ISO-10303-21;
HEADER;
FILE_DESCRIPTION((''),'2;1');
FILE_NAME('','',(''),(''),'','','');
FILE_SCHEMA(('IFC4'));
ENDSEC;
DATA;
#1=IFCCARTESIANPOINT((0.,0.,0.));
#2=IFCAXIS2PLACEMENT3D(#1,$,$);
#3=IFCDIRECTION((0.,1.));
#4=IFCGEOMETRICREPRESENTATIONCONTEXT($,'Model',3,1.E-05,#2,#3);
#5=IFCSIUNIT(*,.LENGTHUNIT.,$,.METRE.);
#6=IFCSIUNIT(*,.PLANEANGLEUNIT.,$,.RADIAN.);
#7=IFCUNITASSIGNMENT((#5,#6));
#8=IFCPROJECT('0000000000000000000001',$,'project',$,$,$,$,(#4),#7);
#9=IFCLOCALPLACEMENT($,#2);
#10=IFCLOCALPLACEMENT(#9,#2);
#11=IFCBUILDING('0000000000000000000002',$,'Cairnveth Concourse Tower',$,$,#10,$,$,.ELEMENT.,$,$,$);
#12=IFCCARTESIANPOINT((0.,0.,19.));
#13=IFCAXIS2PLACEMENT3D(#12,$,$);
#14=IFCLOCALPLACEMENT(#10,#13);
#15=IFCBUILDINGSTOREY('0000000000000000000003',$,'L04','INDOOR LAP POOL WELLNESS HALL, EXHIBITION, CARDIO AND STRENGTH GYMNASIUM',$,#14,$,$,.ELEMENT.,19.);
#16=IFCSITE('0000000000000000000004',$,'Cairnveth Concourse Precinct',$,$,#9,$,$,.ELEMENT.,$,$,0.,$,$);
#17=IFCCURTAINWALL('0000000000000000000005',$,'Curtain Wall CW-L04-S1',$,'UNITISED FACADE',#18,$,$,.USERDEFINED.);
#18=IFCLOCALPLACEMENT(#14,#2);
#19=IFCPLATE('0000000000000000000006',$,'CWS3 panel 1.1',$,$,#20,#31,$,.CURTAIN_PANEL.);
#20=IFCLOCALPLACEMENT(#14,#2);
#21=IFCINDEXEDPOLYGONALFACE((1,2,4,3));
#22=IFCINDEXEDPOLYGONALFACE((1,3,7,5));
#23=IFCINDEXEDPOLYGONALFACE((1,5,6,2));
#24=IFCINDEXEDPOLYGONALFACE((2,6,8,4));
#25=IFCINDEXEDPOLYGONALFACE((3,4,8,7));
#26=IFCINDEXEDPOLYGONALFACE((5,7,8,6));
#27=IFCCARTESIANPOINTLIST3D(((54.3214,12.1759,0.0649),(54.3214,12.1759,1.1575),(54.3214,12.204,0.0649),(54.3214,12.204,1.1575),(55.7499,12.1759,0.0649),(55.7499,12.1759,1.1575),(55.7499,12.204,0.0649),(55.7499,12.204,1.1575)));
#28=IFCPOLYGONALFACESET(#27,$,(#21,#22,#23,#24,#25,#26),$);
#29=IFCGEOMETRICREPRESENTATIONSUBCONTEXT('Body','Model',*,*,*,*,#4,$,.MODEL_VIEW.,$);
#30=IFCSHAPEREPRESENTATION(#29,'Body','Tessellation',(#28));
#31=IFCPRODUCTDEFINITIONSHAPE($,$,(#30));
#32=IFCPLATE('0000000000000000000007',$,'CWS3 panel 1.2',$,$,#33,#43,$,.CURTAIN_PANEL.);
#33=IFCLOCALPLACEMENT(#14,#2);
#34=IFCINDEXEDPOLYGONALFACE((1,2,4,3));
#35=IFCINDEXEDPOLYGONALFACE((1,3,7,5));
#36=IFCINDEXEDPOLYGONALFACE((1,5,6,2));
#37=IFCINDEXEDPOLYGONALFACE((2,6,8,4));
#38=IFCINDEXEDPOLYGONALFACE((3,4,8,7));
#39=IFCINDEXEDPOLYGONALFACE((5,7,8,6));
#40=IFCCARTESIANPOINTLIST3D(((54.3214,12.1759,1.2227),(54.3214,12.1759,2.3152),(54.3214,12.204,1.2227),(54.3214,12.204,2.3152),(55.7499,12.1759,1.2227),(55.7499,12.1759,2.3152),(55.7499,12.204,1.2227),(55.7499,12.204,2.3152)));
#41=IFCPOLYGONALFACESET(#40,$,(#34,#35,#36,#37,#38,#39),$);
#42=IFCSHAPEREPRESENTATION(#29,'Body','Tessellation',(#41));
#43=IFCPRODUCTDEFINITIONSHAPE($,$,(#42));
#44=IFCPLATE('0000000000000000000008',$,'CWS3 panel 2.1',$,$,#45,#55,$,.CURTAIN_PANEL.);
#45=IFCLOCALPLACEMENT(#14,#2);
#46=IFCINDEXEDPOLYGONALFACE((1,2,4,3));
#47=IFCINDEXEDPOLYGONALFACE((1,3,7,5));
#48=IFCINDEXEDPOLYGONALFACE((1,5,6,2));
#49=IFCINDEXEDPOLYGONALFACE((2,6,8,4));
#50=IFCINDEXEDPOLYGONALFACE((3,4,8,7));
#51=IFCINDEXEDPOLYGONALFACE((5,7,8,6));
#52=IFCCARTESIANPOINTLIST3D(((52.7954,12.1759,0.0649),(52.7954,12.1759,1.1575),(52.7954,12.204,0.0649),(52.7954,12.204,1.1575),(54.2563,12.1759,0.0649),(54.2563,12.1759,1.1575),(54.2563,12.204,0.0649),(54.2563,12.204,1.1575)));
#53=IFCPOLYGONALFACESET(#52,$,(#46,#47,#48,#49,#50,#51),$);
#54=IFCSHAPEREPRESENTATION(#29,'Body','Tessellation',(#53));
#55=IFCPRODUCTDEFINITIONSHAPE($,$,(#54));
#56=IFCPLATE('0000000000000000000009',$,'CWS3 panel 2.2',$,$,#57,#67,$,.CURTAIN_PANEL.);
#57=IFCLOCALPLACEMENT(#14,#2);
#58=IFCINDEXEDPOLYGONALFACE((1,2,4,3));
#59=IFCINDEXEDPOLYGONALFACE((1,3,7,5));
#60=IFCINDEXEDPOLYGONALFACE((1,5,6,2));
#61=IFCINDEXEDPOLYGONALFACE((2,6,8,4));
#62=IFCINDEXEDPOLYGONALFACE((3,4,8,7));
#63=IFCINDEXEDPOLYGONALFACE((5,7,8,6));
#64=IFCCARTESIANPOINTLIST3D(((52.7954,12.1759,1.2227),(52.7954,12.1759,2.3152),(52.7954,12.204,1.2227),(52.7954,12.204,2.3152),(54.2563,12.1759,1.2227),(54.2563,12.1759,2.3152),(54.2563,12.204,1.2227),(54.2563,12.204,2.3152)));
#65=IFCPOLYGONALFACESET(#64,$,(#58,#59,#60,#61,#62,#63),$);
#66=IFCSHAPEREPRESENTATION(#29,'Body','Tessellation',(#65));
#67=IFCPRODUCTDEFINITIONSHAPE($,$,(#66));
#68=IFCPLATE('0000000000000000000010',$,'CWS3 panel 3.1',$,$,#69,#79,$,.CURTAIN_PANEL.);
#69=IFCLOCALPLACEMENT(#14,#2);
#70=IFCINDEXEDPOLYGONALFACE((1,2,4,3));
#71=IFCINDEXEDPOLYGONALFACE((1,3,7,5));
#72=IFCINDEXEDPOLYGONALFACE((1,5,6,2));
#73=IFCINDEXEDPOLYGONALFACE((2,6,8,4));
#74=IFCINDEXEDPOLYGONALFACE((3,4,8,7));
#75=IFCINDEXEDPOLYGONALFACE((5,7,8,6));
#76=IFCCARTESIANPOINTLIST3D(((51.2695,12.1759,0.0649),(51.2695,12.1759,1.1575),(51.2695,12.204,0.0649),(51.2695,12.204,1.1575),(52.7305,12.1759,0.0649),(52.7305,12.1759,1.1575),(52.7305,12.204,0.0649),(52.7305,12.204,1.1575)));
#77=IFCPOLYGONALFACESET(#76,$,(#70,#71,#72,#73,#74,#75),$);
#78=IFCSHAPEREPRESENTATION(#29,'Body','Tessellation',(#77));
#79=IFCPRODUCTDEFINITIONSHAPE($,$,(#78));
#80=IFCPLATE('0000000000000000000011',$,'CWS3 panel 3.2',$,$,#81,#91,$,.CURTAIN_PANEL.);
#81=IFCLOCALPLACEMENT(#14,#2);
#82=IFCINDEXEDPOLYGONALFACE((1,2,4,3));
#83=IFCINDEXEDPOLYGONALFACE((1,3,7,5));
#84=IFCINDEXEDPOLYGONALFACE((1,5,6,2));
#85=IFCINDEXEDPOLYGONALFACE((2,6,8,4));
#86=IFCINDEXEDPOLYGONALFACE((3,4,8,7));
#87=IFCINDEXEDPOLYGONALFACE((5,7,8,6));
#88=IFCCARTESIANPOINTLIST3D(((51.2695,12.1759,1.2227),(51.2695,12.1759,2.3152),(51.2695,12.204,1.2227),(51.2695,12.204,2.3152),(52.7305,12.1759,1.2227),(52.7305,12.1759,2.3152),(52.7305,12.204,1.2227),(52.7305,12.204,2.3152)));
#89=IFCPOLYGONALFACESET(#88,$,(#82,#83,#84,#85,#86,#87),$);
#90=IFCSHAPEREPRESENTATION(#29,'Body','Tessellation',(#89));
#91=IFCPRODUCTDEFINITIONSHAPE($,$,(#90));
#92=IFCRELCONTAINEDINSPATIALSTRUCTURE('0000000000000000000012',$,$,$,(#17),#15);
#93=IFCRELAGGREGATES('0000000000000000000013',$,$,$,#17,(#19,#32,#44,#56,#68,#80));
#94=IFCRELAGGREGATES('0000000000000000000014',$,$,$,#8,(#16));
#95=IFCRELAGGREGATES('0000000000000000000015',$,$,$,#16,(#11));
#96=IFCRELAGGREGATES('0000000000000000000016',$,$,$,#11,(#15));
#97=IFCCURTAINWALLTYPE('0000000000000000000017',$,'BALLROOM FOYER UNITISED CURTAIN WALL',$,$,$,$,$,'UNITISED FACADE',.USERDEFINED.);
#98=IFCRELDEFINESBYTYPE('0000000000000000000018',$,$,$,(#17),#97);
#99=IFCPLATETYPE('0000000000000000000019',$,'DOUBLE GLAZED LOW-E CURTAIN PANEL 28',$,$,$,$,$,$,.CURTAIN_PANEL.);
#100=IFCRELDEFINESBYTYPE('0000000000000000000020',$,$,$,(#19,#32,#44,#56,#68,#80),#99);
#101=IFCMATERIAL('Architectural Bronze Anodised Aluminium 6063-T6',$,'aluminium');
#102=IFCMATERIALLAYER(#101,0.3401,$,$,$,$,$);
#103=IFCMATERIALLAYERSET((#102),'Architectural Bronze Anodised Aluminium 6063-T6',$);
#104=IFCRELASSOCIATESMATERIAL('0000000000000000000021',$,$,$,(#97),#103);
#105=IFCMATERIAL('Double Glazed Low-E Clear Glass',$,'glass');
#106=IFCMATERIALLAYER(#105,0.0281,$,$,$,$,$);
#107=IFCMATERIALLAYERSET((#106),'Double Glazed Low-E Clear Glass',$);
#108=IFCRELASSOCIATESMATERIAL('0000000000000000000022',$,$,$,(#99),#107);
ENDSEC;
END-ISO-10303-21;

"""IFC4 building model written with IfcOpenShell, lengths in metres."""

from ifc_helpers import new_model, si_unit, direction, frame, origin, origin_2d, place, context, subcontext, project, spatial, rectangle, extrude, material, layer, layer_set, type_object, element, aggregate, save


model = new_model("IFC4")

# Units and contexts
model_context = context("Model", 3, precision=1e-05, world=origin(), true_north=direction((0.0, 1.0)))
body_context = subcontext(model_context, "Body", "Model", "MODEL_VIEW")
ifc_project = project(units=[si_unit("LENGTHUNIT", "METRE"), si_unit("PLANEANGLEUNIT", "RADIAN")], contexts=[model_context])

# Site, building, storey
site_placement = place(None, origin())
site = spatial("IfcSite", under=ifc_project, at=site_placement, Name="Cairnveth Concourse Precinct", CompositionType="ELEMENT", RefElevation=0.0)
building_placement = place(site_placement, origin())
building = spatial("IfcBuilding", under=site, at=building_placement, Name="Cairnveth Concourse Tower", CompositionType="ELEMENT")
storey_placement = place(building_placement, frame((0.0, 0.0, 19.0)))
storey = spatial("IfcBuildingStorey", under=building, at=storey_placement, Name="L04", Description="INDOOR LAP POOL WELLNESS HALL, EXHIBITION, CARDIO AND STRENGTH GYMNASIUM", CompositionType="ELEMENT", Elevation=19.0)

# Curtain wall, plates
ifc_material_1 = material(Name="Architectural Bronze Anodised Aluminium 6063-T6", Category="aluminium")
ifc_layer_1 = layer(ifc_material_1, 0.3401)
ifc_layer_set_1 = layer_set([ifc_layer_1], Name="Architectural Bronze Anodised Aluminium 6063-T6")
curtain_wall_type = type_object("IfcCurtainWallType", Name="BALLROOM FOYER UNITISED CURTAIN WALL", ElementType="UNITISED FACADE", PredefinedType="USERDEFINED", material=ifc_layer_set_1)
curtain_wall_placement = place(storey_placement, origin())
curtain_wall = element("IfcCurtainWall", 1, at=curtain_wall_placement, inside=storey, type_object=curtain_wall_type, Name="Curtain Wall CW-L04-S1", ObjectType="UNITISED FACADE", PredefinedType="USERDEFINED")
ifc_material_2 = material(Name="Double Glazed Low-E Clear Glass", Category="glass")
ifc_layer_2 = layer(ifc_material_2, 0.0281)
ifc_layer_set_2 = layer_set([ifc_layer_2], Name="Double Glazed Low-E Clear Glass")
plate_type = type_object("IfcPlateType", Name="DOUBLE GLAZED LOW-E CURTAIN PANEL 28", PredefinedType="CURTAIN_PANEL", material=ifc_layer_set_2)
plate_1_placement = place(storey_placement, frame((55.0356, 12.1899, 0.0649), z_axis=(0.0, 0.0, 1.0), x_axis=(-1.0, 0.0, 0.0)))
plate_1 = element("IfcPlate", 2, at=plate_1_placement, type_object=plate_type, Name="CWS3 panel 1.1", PredefinedType="CURTAIN_PANEL", context=body_context, shape_type="SweptSolid", body=[
    extrude(rectangle(XDim=1.4285, YDim=0.0281, at=origin_2d()), origin(), (0.0, 0.0, 1.0), 1.0925),
])
plate_2_placement = place(storey_placement, frame((55.0356, 12.1899, 1.2227), z_axis=(0.0, 0.0, 1.0), x_axis=(-1.0, 0.0, 0.0)))
plate_2 = element("IfcPlate", 3, at=plate_2_placement, type_object=plate_type, Name="CWS3 panel 1.2", PredefinedType="CURTAIN_PANEL", context=body_context, shape_type="SweptSolid", body=[
    extrude(rectangle(XDim=1.4285, YDim=0.0281, at=origin_2d()), origin(), (0.0, 0.0, 1.0), 1.0925),
])
plate_3_placement = place(storey_placement, frame((53.5259, 12.1899, 0.0649), z_axis=(0.0, 0.0, 1.0), x_axis=(-1.0, 0.0, 0.0)))
plate_3 = element("IfcPlate", 4, at=plate_3_placement, type_object=plate_type, Name="CWS3 panel 2.1", PredefinedType="CURTAIN_PANEL", context=body_context, shape_type="SweptSolid", body=[
    extrude(rectangle(XDim=1.4609, YDim=0.0281, at=origin_2d()), origin(), (0.0, 0.0, 1.0), 1.0925),
])
plate_4_placement = place(storey_placement, frame((53.5259, 12.1899, 1.2227), z_axis=(0.0, 0.0, 1.0), x_axis=(-1.0, 0.0, 0.0)))
plate_4 = element("IfcPlate", 5, at=plate_4_placement, type_object=plate_type, Name="CWS3 panel 2.2", PredefinedType="CURTAIN_PANEL", context=body_context, shape_type="SweptSolid", body=[
    extrude(rectangle(XDim=1.4609, YDim=0.0281, at=origin_2d()), origin(), (0.0, 0.0, 1.0), 1.0925),
])
plate_5_placement = place(storey_placement, frame((52.0, 12.1899, 0.0649), z_axis=(0.0, 0.0, 1.0), x_axis=(-1.0, 0.0, 0.0)))
plate_5 = element("IfcPlate", 6, at=plate_5_placement, type_object=plate_type, Name="CWS3 panel 3.1", PredefinedType="CURTAIN_PANEL", context=body_context, shape_type="SweptSolid", body=[
    extrude(rectangle(XDim=1.4609, YDim=0.0281, at=origin_2d()), origin(), (0.0, 0.0, 1.0), 1.0925),
])
plate_6_placement = place(storey_placement, frame((52.0, 12.1899, 1.2227), z_axis=(0.0, 0.0, 1.0), x_axis=(-1.0, 0.0, 0.0)))
plate_6 = element("IfcPlate", 7, at=plate_6_placement, type_object=plate_type, Name="CWS3 panel 3.2", PredefinedType="CURTAIN_PANEL", context=body_context, shape_type="SweptSolid", body=[
    extrude(rectangle(XDim=1.4609, YDim=0.0281, at=origin_2d()), origin(), (0.0, 0.0, 1.0), 1.0925),
])
aggregate(curtain_wall, [plate_1, plate_2, plate_3, plate_4, plate_5, plate_6])

save(model, "model.ifc")
